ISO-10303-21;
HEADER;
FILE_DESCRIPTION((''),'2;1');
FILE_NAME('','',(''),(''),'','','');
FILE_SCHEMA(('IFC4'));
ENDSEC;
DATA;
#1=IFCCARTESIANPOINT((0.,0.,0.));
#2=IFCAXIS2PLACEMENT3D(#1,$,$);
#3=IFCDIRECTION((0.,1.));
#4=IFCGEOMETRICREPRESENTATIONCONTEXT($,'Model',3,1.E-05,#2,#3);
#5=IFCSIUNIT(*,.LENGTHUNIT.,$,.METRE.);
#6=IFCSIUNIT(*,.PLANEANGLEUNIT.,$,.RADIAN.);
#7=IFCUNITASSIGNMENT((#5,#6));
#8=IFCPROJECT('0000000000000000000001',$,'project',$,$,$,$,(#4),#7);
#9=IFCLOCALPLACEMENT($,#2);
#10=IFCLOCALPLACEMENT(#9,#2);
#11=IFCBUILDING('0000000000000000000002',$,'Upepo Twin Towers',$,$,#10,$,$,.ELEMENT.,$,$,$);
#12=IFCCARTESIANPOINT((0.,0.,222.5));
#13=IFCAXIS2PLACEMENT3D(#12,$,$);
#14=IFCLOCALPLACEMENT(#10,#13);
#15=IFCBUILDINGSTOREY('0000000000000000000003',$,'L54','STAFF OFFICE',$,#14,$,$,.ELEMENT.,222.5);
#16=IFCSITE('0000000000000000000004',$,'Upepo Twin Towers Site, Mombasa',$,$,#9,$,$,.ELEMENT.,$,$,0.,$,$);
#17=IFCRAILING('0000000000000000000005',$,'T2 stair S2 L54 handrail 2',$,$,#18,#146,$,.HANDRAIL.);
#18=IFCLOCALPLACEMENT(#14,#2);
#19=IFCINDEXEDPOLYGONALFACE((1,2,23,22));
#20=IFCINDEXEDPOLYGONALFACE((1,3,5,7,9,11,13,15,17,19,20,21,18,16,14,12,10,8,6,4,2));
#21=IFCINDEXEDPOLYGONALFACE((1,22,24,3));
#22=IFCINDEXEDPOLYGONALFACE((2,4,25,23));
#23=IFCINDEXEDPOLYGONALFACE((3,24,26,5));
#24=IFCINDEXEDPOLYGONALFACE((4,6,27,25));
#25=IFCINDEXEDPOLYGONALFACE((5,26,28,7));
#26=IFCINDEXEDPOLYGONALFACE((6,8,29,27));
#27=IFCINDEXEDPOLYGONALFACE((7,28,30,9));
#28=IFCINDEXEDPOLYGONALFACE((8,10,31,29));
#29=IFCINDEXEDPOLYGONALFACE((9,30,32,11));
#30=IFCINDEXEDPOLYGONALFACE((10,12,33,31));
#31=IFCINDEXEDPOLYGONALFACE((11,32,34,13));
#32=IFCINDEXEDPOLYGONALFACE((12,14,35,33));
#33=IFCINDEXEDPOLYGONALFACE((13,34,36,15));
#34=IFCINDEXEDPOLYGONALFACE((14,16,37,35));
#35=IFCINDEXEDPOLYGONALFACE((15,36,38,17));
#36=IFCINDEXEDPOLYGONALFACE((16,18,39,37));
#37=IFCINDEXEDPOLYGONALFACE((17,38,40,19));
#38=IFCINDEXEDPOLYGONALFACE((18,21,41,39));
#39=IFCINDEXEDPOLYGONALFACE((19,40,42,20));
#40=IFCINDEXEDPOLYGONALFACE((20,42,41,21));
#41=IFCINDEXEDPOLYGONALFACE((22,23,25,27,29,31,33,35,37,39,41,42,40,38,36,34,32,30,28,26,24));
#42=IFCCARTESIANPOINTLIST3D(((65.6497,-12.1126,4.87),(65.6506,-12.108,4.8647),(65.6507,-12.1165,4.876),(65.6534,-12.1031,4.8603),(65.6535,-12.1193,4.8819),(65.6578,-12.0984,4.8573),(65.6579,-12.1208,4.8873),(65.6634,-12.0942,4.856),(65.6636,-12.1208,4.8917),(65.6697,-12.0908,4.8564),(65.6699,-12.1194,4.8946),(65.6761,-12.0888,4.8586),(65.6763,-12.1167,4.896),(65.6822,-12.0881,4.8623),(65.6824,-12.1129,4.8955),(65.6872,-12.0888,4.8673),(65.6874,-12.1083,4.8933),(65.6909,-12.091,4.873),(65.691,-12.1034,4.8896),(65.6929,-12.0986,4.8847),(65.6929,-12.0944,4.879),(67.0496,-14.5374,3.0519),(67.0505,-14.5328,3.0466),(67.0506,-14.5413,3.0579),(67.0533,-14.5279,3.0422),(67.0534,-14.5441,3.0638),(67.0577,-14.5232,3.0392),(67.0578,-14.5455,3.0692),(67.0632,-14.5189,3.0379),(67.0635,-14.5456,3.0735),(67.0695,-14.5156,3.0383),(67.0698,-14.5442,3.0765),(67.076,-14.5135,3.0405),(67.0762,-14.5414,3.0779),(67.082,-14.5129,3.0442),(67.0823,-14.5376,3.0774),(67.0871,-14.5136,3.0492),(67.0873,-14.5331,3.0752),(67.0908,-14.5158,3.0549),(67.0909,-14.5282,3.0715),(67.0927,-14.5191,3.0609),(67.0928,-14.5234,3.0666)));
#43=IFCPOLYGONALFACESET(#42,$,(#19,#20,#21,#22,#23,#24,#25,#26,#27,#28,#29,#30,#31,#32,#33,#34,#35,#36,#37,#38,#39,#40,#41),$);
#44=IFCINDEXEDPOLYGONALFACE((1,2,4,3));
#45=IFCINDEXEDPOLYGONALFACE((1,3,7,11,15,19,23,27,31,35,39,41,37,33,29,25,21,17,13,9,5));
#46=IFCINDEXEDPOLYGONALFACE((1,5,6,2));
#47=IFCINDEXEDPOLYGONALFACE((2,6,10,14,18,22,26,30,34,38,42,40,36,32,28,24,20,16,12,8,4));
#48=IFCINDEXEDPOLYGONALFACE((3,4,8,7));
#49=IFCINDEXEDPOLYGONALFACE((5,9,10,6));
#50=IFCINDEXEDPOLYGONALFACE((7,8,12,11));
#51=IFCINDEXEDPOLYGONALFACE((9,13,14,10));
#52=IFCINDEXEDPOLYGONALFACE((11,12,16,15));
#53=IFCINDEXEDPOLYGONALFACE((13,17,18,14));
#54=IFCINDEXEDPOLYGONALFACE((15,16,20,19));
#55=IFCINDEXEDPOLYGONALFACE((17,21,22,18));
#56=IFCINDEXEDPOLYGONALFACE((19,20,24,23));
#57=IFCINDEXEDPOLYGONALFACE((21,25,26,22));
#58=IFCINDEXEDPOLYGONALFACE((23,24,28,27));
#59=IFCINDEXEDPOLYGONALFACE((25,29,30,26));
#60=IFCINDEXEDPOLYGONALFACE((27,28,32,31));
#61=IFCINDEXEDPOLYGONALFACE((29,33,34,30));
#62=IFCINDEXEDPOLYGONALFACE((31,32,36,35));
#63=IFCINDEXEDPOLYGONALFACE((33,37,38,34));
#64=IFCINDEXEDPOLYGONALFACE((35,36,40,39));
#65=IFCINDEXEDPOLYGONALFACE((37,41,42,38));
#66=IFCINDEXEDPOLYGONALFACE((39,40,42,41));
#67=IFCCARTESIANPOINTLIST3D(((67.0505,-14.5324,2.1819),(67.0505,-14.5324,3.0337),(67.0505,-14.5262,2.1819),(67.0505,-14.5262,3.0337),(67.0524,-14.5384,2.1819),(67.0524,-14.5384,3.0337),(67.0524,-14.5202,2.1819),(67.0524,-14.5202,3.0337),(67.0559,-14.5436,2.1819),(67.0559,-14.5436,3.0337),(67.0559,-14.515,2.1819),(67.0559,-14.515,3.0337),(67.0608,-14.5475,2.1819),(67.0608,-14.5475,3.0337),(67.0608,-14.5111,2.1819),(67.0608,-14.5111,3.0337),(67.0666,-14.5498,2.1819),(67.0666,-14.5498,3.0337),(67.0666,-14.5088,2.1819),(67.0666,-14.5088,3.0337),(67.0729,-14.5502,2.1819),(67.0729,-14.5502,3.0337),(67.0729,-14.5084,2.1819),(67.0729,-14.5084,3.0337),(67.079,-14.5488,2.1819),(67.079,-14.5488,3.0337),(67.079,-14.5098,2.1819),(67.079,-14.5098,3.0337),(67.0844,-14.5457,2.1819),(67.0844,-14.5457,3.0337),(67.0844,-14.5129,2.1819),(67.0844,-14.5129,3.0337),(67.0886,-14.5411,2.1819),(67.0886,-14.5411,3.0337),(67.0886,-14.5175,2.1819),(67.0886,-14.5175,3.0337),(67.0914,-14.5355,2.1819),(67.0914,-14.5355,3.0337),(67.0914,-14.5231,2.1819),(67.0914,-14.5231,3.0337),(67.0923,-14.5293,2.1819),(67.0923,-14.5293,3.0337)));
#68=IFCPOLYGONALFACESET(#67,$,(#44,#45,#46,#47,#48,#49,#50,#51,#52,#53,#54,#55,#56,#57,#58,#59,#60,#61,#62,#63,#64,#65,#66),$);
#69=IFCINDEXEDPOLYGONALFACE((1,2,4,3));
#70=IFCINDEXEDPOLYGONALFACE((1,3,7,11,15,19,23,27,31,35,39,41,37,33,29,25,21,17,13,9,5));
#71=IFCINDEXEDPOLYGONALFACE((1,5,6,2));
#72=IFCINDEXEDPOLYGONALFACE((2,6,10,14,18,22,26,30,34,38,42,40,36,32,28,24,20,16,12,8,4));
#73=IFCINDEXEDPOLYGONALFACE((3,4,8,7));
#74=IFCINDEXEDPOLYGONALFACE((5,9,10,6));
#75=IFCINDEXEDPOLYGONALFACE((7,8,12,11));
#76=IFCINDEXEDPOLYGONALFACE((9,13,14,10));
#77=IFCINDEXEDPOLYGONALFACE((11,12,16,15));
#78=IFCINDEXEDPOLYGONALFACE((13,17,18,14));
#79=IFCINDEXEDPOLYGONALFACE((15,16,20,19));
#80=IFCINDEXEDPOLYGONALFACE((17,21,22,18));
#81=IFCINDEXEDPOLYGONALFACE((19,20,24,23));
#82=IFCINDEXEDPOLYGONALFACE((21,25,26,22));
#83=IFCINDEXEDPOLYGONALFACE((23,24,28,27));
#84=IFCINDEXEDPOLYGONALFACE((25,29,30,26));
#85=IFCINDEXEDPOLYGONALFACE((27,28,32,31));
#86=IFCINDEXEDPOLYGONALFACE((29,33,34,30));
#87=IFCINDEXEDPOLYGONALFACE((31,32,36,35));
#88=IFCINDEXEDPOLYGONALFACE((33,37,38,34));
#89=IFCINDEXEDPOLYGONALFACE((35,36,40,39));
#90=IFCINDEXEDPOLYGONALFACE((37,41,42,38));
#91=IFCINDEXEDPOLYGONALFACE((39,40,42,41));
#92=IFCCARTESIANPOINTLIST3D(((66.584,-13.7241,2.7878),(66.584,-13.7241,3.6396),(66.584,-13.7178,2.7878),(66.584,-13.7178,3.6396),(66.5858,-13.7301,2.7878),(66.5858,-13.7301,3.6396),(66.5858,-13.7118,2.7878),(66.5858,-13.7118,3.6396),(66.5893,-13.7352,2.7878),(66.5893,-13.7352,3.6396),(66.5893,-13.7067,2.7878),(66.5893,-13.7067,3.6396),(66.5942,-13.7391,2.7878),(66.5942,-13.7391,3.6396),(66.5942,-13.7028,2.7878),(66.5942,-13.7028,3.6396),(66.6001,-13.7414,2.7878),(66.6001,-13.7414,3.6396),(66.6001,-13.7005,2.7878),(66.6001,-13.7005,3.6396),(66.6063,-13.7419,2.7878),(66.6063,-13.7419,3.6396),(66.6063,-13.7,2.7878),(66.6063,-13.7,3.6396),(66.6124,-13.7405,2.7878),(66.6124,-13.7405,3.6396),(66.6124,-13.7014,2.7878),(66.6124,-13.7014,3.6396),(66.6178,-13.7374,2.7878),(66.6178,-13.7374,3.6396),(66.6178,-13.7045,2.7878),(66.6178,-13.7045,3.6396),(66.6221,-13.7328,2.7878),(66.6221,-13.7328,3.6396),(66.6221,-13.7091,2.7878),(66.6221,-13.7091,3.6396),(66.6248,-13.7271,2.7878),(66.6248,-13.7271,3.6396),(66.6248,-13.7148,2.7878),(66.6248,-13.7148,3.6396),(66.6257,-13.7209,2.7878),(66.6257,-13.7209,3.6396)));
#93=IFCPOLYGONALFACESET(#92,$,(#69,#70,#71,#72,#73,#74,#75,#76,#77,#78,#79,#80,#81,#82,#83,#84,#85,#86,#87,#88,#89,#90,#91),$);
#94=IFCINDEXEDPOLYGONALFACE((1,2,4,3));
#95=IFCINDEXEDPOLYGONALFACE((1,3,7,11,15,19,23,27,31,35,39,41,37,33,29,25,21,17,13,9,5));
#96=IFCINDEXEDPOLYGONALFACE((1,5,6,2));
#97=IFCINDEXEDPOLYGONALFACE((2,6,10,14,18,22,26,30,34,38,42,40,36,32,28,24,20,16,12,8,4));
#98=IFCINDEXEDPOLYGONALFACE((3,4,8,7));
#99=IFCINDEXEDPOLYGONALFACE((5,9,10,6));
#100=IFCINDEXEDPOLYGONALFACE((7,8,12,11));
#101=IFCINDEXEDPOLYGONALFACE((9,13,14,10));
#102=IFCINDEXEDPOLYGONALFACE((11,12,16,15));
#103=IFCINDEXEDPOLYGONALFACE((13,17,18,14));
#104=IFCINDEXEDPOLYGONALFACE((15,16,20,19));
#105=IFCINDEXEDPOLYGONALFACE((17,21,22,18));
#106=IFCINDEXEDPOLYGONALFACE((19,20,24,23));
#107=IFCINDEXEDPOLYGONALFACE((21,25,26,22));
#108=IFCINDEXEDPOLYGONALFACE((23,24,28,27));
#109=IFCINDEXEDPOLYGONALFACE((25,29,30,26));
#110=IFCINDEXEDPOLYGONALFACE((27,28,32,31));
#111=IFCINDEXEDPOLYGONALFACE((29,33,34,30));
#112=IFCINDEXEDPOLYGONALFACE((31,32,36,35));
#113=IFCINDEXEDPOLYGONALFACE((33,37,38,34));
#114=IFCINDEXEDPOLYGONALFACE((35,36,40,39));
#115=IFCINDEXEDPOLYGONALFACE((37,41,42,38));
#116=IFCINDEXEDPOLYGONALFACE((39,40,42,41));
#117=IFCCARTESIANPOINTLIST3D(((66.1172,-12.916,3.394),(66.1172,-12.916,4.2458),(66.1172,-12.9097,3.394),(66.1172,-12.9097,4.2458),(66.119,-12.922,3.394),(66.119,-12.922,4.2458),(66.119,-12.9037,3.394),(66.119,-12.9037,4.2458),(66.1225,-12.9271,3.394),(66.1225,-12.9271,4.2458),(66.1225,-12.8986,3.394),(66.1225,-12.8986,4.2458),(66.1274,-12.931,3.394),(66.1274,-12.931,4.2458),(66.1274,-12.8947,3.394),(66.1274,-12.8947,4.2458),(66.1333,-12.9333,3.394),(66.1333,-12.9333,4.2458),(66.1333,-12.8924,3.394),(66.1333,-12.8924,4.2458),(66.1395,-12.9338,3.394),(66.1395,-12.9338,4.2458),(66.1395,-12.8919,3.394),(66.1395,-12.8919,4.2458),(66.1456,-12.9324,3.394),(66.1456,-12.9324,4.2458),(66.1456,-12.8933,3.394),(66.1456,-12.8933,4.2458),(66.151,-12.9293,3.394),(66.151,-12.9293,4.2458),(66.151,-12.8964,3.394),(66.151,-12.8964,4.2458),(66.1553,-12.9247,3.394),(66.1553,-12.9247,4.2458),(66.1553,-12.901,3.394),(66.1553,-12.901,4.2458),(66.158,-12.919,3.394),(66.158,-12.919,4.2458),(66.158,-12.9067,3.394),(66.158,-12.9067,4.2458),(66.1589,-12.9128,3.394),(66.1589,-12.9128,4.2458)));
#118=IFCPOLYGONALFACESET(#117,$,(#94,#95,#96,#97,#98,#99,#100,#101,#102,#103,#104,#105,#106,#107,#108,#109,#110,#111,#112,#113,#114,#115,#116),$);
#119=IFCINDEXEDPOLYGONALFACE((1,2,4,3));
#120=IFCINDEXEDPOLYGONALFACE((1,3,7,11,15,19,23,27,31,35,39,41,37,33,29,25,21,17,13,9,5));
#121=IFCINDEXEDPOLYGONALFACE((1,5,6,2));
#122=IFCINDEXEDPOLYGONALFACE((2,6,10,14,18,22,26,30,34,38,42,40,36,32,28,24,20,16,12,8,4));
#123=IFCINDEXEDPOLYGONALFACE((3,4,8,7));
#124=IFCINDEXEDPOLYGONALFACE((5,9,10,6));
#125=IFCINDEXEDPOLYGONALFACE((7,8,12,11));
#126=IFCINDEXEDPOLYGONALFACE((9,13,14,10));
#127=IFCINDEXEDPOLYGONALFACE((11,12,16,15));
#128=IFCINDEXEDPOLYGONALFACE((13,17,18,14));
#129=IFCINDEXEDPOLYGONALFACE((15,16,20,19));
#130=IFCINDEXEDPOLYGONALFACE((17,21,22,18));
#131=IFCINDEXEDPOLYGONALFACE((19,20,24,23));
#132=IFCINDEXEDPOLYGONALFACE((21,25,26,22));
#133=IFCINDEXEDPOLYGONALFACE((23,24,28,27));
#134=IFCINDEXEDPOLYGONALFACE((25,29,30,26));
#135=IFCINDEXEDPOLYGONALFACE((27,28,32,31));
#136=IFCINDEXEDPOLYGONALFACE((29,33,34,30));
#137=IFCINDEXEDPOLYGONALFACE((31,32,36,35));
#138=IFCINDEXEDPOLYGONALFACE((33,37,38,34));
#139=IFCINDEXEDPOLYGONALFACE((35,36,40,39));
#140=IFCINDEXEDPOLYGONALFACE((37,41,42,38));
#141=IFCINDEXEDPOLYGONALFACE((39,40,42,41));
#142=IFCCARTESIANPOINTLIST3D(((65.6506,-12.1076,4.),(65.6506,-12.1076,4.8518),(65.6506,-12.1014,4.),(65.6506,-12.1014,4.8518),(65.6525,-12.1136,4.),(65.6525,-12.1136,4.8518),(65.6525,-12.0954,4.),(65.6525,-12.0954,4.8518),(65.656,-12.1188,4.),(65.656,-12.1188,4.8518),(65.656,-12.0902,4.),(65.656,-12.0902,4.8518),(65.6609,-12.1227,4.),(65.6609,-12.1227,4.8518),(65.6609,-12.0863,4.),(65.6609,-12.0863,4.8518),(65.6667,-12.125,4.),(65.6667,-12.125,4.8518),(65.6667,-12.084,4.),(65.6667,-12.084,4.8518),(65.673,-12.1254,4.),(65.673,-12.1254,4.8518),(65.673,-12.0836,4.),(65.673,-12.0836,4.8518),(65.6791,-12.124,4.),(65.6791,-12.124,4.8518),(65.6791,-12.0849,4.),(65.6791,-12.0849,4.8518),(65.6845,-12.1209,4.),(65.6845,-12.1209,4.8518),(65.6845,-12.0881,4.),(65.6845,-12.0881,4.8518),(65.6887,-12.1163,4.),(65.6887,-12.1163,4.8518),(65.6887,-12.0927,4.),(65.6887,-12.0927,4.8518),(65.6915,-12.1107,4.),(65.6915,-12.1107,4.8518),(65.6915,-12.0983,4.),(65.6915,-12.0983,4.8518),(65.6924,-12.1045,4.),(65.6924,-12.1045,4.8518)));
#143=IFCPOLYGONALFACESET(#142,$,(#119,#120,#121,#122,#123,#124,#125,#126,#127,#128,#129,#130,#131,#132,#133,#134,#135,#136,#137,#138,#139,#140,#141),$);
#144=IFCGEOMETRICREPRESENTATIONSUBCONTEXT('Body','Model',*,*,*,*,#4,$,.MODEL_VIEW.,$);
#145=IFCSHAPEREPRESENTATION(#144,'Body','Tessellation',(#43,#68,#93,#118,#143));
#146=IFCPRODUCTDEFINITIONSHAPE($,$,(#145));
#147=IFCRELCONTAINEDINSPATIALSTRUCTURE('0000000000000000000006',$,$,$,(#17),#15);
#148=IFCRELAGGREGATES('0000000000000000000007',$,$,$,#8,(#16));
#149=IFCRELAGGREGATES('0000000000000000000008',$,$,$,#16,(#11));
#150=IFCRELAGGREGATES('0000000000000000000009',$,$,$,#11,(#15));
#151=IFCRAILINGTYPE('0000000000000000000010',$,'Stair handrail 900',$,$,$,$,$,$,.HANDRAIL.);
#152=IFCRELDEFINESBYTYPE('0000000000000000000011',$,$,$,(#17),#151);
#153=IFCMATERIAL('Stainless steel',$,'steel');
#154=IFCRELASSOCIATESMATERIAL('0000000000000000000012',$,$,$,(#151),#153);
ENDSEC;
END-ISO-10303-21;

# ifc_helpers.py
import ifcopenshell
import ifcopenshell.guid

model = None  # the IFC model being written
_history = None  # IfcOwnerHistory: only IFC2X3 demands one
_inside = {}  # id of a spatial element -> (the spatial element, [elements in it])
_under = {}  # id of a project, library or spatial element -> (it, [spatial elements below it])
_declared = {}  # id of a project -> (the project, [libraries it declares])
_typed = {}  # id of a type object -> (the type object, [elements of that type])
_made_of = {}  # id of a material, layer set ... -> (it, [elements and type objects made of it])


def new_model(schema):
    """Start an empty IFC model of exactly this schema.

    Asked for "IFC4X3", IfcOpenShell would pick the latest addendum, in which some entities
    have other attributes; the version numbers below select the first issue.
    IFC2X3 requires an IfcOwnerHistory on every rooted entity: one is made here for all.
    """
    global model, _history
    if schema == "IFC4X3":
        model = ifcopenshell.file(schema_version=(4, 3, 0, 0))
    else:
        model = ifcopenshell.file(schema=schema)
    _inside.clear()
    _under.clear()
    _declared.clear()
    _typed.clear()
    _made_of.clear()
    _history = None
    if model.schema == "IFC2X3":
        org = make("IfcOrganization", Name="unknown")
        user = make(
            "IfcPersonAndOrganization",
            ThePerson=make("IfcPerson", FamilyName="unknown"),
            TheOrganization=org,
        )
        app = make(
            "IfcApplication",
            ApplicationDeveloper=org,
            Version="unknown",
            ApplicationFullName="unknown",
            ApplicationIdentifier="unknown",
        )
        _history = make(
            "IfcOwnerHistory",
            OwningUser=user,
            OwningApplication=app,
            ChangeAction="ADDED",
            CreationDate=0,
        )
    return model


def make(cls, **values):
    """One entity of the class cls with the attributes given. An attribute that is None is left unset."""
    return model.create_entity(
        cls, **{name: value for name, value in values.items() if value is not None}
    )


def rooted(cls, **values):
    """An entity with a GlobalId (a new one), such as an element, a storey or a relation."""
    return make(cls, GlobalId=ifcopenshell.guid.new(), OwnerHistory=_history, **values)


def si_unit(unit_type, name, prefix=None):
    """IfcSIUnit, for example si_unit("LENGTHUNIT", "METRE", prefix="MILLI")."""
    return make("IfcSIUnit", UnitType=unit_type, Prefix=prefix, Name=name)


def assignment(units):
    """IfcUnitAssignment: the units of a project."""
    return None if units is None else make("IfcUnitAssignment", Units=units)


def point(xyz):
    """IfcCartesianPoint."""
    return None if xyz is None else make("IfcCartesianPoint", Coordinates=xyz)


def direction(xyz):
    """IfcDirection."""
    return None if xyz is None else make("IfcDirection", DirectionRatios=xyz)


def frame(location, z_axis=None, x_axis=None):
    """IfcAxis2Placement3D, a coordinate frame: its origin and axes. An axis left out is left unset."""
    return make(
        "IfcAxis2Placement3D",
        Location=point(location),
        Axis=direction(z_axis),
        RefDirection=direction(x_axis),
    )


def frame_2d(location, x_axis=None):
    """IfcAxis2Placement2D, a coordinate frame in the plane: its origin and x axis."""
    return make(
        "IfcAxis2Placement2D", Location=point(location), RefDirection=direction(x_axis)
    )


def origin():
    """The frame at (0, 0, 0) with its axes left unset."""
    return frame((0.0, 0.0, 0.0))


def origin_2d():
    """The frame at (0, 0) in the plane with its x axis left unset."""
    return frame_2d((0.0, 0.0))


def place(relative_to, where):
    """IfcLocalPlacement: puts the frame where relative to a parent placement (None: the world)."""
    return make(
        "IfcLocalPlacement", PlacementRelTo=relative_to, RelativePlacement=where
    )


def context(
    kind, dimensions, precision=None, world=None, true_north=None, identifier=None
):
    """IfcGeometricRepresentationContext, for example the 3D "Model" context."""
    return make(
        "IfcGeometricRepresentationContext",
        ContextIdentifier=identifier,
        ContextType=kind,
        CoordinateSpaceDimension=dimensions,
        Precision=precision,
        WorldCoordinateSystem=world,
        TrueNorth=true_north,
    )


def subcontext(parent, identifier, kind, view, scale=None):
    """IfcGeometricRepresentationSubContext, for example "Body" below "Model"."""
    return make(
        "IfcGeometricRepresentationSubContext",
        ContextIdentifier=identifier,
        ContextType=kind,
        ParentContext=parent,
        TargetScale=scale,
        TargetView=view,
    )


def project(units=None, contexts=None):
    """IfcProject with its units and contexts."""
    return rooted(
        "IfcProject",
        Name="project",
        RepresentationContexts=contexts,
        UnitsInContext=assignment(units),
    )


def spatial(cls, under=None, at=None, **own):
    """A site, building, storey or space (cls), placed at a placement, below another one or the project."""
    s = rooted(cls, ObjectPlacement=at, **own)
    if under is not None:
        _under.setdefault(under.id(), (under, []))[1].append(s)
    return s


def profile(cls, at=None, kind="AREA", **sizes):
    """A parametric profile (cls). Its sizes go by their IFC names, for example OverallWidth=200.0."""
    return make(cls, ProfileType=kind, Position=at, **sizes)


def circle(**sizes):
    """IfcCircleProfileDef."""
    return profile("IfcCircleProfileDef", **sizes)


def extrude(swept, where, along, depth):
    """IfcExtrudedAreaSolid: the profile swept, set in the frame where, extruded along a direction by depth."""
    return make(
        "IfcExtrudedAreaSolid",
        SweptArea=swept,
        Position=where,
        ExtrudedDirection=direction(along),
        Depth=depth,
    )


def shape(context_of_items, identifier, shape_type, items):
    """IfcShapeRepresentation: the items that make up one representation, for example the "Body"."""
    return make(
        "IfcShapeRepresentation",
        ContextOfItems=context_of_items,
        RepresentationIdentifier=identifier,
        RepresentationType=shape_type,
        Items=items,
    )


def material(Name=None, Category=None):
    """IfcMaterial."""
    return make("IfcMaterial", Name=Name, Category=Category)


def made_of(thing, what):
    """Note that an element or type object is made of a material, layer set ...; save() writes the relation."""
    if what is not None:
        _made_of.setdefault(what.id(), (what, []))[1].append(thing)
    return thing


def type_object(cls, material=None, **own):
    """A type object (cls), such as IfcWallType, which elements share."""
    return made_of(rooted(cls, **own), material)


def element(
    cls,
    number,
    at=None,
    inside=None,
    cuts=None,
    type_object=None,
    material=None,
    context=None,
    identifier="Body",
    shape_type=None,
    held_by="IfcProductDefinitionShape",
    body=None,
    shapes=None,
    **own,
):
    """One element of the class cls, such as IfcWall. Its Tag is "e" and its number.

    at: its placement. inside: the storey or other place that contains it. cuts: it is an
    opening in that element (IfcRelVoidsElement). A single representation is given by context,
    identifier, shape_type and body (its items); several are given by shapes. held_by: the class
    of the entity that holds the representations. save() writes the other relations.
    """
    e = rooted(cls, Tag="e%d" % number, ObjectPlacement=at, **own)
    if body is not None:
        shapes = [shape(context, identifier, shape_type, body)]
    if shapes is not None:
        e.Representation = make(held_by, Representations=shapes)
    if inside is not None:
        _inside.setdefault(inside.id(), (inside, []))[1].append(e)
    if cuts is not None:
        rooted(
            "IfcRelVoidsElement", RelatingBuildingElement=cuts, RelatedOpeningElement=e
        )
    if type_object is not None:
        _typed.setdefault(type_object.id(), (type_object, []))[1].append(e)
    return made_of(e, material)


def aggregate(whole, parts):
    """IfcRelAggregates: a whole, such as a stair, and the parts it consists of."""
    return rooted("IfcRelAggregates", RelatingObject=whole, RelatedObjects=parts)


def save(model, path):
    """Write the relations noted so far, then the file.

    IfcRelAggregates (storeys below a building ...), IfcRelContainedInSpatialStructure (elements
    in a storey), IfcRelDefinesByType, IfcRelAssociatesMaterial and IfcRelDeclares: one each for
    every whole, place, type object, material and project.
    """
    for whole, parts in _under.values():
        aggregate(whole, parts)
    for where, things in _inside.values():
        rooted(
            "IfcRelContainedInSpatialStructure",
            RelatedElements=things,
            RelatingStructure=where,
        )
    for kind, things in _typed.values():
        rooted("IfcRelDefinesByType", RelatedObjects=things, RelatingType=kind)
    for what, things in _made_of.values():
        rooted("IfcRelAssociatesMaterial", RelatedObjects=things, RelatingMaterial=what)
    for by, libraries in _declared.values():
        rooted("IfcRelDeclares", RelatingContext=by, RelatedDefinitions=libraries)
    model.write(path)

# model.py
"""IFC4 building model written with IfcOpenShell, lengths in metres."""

from ifc_helpers import new_model, si_unit, direction, frame, origin, origin_2d, place, context, subcontext, project, spatial, circle, extrude, material, type_object, element, save


model = new_model("IFC4")

# Units and contexts
model_context = context("Model", 3, precision=1e-05, world=origin(), true_north=direction((0.0, 1.0)))
body_context = subcontext(model_context, "Body", "Model", "MODEL_VIEW")
ifc_project = project(units=[si_unit("LENGTHUNIT", "METRE"), si_unit("PLANEANGLEUNIT", "RADIAN")], contexts=[model_context])

# Site, building, storey
site_placement = place(None, origin())
site = spatial("IfcSite", under=ifc_project, at=site_placement, Name="Upepo Twin Towers Site, Mombasa", CompositionType="ELEMENT", RefElevation=0.0)
building_placement = place(site_placement, origin())
building = spatial("IfcBuilding", under=site, at=building_placement, Name="Upepo Twin Towers", CompositionType="ELEMENT")
storey_placement = place(building_placement, frame((0.0, 0.0, 222.5)))
storey = spatial("IfcBuildingStorey", under=building, at=storey_placement, Name="L54", Description="STAFF OFFICE", CompositionType="ELEMENT", Elevation=222.5)

# Railing
ifc_material_1 = material(Name="Stainless steel", Category="steel")
railing_type = type_object("IfcRailingType", Name="Stair handrail 900", PredefinedType="HANDRAIL", material=ifc_material_1)
railing_1_placement = place(storey_placement, frame((67.0713, -14.5293, 2.1819)))
element("IfcRailing", 1, at=railing_1_placement, inside=storey, type_object=railing_type, Name="T2 stair S2 L54 handrail 2", PredefinedType="HANDRAIL", context=body_context, shape_type="SweptSolid", body=[
    extrude(circle(Radius=0.0239, at=origin_2d()), frame((0.0, 0.0, 0.876), z_axis=(-0.419333, 0.726336, 0.544606), x_axis=(-0.866035, -0.499984, 0.0)), (0.0, 0.0, 1.0), 3.3384),
    extrude(circle(Radius=0.021, at=origin_2d()), origin(), (0.0, 0.0, 1.0), 0.8518),
    extrude(circle(Radius=0.021, at=origin_2d()), frame((-0.4666, 0.8083, 0.606)), (0.0, 0.0, 1.0), 0.8518),
    extrude(circle(Radius=0.021, at=origin_2d()), frame((-0.9333, 1.6165, 1.2122)), (0.0, 0.0, 1.0), 0.8518),
    extrude(circle(Radius=0.021, at=origin_2d()), frame((-1.3999, 2.4248, 1.8181)), (0.0, 0.0, 1.0), 0.8518),
])

save(model, "model.ifc")
